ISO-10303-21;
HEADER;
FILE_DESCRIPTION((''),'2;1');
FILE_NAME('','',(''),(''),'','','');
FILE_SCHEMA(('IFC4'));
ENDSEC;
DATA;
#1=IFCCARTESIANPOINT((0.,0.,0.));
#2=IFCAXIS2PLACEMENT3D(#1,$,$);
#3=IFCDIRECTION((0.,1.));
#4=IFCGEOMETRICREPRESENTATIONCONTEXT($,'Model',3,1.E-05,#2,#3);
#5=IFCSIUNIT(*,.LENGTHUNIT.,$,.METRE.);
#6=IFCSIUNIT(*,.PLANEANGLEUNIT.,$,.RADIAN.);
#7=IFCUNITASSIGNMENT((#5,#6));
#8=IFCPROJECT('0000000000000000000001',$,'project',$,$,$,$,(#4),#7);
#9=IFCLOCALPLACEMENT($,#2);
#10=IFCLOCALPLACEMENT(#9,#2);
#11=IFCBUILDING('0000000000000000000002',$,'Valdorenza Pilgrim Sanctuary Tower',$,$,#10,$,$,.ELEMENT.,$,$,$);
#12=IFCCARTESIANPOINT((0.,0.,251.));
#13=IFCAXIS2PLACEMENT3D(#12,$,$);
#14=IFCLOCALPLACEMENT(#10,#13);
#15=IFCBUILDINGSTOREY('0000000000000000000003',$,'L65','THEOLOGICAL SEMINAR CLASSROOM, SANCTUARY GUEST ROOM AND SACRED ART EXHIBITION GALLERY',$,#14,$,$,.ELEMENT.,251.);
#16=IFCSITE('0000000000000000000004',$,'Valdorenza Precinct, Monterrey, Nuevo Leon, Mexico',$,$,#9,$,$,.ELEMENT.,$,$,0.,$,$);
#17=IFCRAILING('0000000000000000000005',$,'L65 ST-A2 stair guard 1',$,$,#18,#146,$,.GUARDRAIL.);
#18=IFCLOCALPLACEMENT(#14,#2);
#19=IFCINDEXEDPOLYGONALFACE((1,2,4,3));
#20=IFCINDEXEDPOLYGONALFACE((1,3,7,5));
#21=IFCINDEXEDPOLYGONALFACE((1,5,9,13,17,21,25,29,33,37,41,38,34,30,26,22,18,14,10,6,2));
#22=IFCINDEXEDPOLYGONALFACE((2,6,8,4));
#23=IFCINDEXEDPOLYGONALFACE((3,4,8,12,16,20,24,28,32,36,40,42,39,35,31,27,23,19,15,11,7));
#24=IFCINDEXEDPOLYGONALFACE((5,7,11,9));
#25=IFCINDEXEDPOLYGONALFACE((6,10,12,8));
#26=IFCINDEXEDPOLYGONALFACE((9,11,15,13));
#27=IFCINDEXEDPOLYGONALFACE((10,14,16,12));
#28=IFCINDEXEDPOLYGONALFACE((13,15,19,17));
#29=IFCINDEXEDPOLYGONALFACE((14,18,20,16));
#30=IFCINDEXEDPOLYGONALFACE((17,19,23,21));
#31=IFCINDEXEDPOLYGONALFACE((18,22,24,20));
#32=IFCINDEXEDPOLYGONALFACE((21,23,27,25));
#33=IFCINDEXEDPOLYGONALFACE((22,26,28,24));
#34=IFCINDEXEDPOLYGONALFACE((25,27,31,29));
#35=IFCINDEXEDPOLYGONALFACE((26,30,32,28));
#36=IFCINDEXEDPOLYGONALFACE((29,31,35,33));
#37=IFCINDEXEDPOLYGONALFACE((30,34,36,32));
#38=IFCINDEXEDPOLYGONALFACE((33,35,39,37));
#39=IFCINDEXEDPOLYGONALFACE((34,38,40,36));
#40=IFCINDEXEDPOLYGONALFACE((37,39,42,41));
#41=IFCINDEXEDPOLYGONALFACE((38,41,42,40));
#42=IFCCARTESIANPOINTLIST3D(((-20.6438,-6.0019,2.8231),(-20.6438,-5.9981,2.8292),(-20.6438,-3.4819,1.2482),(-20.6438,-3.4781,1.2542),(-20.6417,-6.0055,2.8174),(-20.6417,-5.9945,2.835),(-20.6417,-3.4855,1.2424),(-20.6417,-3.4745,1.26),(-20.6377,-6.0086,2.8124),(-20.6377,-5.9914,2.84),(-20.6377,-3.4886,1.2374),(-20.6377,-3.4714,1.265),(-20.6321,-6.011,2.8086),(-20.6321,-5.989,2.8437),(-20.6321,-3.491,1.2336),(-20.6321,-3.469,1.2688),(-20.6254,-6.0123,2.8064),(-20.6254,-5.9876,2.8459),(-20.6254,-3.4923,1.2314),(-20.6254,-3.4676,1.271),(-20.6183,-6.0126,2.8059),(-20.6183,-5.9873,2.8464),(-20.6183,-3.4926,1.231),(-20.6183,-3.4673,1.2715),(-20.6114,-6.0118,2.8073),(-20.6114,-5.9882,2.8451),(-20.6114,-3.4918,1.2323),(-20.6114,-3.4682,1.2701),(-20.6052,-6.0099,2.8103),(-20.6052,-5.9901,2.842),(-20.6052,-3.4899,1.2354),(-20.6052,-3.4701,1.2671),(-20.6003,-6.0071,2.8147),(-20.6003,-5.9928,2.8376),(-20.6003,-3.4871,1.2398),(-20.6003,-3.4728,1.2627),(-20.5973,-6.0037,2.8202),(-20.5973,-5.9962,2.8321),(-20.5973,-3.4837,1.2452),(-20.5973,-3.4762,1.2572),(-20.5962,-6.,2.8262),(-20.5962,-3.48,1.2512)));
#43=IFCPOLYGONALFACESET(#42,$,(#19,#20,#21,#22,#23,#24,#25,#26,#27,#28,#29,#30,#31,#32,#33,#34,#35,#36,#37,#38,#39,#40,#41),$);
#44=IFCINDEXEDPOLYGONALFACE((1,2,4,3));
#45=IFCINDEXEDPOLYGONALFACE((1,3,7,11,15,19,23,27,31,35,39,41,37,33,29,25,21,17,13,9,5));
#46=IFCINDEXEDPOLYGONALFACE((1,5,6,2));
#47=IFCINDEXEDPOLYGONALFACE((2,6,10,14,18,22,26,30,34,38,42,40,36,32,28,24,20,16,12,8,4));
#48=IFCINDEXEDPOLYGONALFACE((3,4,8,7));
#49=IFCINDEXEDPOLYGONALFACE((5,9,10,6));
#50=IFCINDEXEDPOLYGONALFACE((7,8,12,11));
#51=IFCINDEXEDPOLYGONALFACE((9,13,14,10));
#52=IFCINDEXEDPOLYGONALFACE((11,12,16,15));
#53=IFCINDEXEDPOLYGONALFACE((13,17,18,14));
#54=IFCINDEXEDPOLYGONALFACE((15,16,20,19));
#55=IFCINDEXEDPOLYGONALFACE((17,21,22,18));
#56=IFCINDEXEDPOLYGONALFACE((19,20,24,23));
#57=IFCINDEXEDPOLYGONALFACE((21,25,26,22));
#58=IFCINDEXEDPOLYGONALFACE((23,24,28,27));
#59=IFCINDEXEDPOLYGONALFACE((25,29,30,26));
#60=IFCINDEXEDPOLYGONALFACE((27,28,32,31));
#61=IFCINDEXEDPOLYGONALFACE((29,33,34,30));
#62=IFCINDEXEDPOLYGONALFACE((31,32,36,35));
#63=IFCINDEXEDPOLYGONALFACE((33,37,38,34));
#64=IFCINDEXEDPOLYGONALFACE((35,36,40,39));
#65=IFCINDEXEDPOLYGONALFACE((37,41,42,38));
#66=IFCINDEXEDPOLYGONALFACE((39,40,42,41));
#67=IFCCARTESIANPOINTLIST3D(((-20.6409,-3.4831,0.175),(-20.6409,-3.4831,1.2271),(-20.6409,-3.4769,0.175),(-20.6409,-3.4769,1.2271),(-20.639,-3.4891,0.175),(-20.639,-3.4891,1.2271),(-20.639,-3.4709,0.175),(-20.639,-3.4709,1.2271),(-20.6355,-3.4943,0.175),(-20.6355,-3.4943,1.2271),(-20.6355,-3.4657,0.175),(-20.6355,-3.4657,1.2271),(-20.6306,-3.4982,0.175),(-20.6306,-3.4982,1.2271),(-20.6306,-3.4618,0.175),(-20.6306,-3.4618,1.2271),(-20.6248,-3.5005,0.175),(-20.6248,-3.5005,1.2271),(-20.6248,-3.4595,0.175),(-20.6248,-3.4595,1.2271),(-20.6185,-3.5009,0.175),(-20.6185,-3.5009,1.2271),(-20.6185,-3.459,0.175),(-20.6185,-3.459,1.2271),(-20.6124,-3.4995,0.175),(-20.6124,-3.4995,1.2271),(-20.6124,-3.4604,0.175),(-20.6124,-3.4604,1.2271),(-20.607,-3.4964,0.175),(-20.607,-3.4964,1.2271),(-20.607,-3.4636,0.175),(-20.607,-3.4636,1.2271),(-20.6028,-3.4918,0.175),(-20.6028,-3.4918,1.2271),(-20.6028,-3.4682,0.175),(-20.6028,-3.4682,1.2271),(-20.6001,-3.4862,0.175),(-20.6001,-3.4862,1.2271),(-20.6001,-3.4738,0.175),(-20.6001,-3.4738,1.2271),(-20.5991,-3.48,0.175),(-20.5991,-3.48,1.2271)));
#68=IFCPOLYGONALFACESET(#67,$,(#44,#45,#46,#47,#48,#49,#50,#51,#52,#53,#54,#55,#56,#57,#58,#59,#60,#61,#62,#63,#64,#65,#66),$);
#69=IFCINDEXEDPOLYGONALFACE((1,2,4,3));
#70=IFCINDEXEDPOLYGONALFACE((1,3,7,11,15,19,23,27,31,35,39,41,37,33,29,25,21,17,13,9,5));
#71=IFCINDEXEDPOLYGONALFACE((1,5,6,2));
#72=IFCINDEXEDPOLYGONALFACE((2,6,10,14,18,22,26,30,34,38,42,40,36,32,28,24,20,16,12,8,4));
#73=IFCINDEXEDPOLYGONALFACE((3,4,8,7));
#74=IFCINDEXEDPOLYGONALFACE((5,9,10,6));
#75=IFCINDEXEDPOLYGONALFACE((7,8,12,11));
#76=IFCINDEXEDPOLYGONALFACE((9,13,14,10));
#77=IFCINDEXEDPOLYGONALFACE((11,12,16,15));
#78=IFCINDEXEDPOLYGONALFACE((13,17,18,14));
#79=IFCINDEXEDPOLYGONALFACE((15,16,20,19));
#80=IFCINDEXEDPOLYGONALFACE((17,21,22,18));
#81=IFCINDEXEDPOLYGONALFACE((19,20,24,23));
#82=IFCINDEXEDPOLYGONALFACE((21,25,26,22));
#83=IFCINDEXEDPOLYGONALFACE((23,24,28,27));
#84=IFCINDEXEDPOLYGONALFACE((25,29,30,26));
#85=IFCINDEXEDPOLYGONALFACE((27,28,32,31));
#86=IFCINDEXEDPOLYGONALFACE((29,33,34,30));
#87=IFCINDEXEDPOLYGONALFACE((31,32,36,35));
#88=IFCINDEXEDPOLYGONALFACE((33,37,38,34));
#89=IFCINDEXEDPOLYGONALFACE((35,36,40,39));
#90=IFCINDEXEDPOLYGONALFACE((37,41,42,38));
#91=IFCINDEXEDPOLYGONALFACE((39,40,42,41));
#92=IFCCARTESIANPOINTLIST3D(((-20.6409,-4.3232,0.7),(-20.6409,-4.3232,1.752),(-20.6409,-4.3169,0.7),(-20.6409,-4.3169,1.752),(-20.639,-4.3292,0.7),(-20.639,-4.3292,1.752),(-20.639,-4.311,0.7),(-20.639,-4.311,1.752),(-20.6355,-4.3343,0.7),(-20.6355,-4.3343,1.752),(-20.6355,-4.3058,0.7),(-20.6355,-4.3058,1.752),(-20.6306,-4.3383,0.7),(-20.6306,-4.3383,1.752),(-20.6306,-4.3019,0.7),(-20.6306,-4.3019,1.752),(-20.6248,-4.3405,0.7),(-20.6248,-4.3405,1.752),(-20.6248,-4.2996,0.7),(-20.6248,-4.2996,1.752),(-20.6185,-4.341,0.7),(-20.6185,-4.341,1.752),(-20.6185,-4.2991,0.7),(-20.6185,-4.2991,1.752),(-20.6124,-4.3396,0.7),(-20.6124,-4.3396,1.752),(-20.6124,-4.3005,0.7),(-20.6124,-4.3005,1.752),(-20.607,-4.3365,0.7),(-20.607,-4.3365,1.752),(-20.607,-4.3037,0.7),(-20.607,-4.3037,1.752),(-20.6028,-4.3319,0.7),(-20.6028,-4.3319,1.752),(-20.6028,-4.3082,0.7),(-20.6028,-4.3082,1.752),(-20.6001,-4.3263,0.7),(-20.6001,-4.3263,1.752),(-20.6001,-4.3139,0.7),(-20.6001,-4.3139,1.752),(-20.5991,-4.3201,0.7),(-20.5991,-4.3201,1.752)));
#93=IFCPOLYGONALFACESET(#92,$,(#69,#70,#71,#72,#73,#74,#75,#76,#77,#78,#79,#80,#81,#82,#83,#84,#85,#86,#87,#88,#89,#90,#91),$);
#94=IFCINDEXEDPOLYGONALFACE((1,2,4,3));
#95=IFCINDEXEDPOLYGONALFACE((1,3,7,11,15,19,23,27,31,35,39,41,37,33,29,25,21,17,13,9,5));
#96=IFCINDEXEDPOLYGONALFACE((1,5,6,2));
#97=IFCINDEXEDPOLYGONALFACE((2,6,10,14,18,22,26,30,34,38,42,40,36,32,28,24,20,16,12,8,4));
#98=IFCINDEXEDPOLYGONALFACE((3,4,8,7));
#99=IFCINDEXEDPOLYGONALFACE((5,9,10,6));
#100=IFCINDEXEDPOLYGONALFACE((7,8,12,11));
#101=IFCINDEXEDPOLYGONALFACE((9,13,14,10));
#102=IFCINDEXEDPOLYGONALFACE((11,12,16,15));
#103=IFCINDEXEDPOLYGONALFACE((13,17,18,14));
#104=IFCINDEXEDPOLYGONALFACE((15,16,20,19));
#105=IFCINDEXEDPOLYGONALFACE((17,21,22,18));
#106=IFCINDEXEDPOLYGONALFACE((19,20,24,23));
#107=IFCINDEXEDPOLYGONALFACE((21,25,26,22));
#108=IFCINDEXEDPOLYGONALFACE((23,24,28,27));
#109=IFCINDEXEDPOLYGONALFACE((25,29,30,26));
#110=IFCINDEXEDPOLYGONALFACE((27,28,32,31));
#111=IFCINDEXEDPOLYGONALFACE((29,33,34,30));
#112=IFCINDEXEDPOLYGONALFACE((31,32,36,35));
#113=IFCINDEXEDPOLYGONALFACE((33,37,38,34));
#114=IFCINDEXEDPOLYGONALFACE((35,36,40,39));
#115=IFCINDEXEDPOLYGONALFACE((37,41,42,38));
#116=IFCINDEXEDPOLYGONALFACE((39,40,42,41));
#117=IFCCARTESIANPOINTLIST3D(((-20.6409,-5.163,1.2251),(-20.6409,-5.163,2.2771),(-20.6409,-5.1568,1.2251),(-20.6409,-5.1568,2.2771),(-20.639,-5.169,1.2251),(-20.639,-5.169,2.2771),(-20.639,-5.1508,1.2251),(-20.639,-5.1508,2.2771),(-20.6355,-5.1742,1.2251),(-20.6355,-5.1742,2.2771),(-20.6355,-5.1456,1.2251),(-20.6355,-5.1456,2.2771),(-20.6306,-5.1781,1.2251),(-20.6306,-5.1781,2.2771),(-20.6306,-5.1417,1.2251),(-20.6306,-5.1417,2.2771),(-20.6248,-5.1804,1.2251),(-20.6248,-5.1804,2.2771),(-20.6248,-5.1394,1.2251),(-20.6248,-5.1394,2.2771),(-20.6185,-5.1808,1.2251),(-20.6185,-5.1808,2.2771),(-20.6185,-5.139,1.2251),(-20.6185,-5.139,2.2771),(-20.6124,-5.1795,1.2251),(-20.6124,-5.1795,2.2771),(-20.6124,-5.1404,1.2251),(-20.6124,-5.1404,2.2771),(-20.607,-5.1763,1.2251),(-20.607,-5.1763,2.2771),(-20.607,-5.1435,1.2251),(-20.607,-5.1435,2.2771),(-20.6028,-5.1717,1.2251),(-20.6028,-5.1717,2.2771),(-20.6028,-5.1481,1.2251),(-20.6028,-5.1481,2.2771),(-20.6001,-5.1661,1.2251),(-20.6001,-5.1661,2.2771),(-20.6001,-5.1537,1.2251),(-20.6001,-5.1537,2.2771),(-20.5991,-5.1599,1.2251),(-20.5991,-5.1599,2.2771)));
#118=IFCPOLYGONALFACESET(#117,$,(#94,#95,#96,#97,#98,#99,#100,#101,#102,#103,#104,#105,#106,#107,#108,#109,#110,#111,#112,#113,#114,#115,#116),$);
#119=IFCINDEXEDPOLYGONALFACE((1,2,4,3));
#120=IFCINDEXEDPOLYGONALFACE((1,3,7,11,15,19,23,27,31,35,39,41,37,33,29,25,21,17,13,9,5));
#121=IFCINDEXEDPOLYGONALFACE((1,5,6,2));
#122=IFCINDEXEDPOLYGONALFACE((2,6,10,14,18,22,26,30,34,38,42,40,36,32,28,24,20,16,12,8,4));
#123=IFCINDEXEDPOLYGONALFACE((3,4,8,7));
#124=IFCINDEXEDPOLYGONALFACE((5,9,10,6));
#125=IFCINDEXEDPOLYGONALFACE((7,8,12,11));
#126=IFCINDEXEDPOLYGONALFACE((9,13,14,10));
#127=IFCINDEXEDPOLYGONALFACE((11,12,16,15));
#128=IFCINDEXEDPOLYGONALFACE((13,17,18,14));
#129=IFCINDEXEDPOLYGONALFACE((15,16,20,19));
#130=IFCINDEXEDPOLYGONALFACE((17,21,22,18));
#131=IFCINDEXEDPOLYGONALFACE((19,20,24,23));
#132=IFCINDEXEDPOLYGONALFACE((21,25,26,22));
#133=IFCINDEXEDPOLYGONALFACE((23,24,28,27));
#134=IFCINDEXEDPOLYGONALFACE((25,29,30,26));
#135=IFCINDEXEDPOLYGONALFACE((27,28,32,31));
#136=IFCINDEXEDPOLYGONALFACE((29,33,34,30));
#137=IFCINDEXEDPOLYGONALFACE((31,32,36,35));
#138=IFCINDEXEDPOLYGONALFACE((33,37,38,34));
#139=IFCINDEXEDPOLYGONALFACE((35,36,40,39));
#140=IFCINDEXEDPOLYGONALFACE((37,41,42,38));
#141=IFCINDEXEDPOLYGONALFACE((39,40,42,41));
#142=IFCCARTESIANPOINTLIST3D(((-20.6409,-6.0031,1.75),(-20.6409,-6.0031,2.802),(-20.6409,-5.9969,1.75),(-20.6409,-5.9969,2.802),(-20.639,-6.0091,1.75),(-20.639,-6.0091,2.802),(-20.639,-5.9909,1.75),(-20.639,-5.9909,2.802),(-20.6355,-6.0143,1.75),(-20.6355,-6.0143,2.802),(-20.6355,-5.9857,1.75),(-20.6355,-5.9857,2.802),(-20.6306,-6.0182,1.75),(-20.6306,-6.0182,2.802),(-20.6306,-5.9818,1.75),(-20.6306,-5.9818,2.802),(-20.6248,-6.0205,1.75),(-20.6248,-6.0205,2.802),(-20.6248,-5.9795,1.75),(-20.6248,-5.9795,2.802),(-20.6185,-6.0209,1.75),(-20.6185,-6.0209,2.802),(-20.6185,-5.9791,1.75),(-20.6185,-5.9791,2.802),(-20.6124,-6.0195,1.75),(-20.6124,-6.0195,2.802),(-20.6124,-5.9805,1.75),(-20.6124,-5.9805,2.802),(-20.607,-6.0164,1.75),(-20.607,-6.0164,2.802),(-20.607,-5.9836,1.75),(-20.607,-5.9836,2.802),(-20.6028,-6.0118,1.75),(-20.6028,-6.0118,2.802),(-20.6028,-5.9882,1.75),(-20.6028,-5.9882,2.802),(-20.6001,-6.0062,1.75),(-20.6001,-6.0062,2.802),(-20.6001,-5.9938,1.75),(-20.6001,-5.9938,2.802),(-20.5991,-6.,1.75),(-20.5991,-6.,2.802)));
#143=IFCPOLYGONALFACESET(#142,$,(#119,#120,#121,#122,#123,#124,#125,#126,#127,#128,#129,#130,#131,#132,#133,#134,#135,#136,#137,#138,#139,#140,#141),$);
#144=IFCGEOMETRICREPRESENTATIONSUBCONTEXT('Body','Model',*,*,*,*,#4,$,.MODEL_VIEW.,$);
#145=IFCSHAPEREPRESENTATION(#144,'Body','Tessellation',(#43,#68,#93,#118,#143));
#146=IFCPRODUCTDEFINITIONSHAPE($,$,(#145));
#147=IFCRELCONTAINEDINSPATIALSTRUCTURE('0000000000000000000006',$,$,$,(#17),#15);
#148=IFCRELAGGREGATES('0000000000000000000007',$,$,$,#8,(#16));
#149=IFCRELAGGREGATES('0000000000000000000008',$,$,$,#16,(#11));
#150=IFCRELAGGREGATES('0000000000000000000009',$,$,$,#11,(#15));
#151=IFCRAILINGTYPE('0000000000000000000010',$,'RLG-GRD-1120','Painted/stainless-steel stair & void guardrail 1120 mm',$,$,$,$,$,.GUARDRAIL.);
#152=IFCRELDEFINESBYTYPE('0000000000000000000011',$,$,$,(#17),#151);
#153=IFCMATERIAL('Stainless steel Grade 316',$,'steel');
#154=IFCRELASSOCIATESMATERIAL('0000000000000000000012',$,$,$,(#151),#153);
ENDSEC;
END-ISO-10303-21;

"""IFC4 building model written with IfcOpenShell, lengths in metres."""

from ifc_helpers import new_model, si_unit, direction, frame, origin, origin_2d, place, context, subcontext, project, spatial, circle, extrude, material, type_object, element, save


model = new_model("IFC4")

# Units and contexts
model_context = context("Model", 3, precision=1e-05, world=origin(), true_north=direction((0.0, 1.0)))
body_context = subcontext(model_context, "Body", "Model", "MODEL_VIEW")
ifc_project = project(units=[si_unit("LENGTHUNIT", "METRE"), si_unit("PLANEANGLEUNIT", "RADIAN")], contexts=[model_context])

# Site, building, storey
site_placement = place(None, origin())
site = spatial("IfcSite", under=ifc_project, at=site_placement, Name="Valdorenza Precinct, Monterrey, Nuevo Leon, Mexico", CompositionType="ELEMENT", RefElevation=0.0)
building_placement = place(site_placement, origin())
building = spatial("IfcBuilding", under=site, at=building_placement, Name="Valdorenza Pilgrim Sanctuary Tower", CompositionType="ELEMENT")
storey_placement = place(building_placement, frame((0.0, 0.0, 251.0)))
storey = spatial("IfcBuildingStorey", under=building, at=storey_placement, Name="L65", Description="THEOLOGICAL SEMINAR CLASSROOM, SANCTUARY GUEST ROOM AND SACRED ART EXHIBITION GALLERY", CompositionType="ELEMENT", Elevation=251.0)

# Railing
ifc_material_1 = material(Name="Stainless steel Grade 316", Category="steel")
railing_type_1 = type_object("IfcRailingType", Name="RLG-GRD-1120", Description="Painted/stainless-steel stair & void guardrail 1120 mm", PredefinedType="GUARDRAIL", material=ifc_material_1)
railing_1_placement = place(storey_placement, frame((-20.6201, -3.48, 0.175)))
element("IfcRailing", 1, at=railing_1_placement, inside=storey, type_object=railing_type_1, Name="L65 ST-A2 stair guard 1", PredefinedType="GUARDRAIL", context=body_context, shape_type="SweptSolid", body=[
    extrude(circle(Radius=0.0239, at=origin_2d()), frame((0.0, 0.0, 1.0762), z_axis=(0.0, -0.848008, 0.529984), x_axis=(1.0, 0.0, 0.0)), (0.0, 0.0, 1.0), 2.9717),
    extrude(circle(Radius=0.021, at=origin_2d()), origin(), (0.0, 0.0, 1.0), 1.052),
    extrude(circle(Radius=0.021, at=origin_2d()), frame((0.0, -0.8401, 0.5249)), (0.0, 0.0, 1.0), 1.052),
    extrude(circle(Radius=0.021, at=origin_2d()), frame((0.0, -1.6799, 1.05)), (0.0, 0.0, 1.0), 1.052),
    extrude(circle(Radius=0.021, at=origin_2d()), frame((0.0, -2.52, 1.575)), (0.0, 0.0, 1.0), 1.052),
])

save(model, "model.ifc")
